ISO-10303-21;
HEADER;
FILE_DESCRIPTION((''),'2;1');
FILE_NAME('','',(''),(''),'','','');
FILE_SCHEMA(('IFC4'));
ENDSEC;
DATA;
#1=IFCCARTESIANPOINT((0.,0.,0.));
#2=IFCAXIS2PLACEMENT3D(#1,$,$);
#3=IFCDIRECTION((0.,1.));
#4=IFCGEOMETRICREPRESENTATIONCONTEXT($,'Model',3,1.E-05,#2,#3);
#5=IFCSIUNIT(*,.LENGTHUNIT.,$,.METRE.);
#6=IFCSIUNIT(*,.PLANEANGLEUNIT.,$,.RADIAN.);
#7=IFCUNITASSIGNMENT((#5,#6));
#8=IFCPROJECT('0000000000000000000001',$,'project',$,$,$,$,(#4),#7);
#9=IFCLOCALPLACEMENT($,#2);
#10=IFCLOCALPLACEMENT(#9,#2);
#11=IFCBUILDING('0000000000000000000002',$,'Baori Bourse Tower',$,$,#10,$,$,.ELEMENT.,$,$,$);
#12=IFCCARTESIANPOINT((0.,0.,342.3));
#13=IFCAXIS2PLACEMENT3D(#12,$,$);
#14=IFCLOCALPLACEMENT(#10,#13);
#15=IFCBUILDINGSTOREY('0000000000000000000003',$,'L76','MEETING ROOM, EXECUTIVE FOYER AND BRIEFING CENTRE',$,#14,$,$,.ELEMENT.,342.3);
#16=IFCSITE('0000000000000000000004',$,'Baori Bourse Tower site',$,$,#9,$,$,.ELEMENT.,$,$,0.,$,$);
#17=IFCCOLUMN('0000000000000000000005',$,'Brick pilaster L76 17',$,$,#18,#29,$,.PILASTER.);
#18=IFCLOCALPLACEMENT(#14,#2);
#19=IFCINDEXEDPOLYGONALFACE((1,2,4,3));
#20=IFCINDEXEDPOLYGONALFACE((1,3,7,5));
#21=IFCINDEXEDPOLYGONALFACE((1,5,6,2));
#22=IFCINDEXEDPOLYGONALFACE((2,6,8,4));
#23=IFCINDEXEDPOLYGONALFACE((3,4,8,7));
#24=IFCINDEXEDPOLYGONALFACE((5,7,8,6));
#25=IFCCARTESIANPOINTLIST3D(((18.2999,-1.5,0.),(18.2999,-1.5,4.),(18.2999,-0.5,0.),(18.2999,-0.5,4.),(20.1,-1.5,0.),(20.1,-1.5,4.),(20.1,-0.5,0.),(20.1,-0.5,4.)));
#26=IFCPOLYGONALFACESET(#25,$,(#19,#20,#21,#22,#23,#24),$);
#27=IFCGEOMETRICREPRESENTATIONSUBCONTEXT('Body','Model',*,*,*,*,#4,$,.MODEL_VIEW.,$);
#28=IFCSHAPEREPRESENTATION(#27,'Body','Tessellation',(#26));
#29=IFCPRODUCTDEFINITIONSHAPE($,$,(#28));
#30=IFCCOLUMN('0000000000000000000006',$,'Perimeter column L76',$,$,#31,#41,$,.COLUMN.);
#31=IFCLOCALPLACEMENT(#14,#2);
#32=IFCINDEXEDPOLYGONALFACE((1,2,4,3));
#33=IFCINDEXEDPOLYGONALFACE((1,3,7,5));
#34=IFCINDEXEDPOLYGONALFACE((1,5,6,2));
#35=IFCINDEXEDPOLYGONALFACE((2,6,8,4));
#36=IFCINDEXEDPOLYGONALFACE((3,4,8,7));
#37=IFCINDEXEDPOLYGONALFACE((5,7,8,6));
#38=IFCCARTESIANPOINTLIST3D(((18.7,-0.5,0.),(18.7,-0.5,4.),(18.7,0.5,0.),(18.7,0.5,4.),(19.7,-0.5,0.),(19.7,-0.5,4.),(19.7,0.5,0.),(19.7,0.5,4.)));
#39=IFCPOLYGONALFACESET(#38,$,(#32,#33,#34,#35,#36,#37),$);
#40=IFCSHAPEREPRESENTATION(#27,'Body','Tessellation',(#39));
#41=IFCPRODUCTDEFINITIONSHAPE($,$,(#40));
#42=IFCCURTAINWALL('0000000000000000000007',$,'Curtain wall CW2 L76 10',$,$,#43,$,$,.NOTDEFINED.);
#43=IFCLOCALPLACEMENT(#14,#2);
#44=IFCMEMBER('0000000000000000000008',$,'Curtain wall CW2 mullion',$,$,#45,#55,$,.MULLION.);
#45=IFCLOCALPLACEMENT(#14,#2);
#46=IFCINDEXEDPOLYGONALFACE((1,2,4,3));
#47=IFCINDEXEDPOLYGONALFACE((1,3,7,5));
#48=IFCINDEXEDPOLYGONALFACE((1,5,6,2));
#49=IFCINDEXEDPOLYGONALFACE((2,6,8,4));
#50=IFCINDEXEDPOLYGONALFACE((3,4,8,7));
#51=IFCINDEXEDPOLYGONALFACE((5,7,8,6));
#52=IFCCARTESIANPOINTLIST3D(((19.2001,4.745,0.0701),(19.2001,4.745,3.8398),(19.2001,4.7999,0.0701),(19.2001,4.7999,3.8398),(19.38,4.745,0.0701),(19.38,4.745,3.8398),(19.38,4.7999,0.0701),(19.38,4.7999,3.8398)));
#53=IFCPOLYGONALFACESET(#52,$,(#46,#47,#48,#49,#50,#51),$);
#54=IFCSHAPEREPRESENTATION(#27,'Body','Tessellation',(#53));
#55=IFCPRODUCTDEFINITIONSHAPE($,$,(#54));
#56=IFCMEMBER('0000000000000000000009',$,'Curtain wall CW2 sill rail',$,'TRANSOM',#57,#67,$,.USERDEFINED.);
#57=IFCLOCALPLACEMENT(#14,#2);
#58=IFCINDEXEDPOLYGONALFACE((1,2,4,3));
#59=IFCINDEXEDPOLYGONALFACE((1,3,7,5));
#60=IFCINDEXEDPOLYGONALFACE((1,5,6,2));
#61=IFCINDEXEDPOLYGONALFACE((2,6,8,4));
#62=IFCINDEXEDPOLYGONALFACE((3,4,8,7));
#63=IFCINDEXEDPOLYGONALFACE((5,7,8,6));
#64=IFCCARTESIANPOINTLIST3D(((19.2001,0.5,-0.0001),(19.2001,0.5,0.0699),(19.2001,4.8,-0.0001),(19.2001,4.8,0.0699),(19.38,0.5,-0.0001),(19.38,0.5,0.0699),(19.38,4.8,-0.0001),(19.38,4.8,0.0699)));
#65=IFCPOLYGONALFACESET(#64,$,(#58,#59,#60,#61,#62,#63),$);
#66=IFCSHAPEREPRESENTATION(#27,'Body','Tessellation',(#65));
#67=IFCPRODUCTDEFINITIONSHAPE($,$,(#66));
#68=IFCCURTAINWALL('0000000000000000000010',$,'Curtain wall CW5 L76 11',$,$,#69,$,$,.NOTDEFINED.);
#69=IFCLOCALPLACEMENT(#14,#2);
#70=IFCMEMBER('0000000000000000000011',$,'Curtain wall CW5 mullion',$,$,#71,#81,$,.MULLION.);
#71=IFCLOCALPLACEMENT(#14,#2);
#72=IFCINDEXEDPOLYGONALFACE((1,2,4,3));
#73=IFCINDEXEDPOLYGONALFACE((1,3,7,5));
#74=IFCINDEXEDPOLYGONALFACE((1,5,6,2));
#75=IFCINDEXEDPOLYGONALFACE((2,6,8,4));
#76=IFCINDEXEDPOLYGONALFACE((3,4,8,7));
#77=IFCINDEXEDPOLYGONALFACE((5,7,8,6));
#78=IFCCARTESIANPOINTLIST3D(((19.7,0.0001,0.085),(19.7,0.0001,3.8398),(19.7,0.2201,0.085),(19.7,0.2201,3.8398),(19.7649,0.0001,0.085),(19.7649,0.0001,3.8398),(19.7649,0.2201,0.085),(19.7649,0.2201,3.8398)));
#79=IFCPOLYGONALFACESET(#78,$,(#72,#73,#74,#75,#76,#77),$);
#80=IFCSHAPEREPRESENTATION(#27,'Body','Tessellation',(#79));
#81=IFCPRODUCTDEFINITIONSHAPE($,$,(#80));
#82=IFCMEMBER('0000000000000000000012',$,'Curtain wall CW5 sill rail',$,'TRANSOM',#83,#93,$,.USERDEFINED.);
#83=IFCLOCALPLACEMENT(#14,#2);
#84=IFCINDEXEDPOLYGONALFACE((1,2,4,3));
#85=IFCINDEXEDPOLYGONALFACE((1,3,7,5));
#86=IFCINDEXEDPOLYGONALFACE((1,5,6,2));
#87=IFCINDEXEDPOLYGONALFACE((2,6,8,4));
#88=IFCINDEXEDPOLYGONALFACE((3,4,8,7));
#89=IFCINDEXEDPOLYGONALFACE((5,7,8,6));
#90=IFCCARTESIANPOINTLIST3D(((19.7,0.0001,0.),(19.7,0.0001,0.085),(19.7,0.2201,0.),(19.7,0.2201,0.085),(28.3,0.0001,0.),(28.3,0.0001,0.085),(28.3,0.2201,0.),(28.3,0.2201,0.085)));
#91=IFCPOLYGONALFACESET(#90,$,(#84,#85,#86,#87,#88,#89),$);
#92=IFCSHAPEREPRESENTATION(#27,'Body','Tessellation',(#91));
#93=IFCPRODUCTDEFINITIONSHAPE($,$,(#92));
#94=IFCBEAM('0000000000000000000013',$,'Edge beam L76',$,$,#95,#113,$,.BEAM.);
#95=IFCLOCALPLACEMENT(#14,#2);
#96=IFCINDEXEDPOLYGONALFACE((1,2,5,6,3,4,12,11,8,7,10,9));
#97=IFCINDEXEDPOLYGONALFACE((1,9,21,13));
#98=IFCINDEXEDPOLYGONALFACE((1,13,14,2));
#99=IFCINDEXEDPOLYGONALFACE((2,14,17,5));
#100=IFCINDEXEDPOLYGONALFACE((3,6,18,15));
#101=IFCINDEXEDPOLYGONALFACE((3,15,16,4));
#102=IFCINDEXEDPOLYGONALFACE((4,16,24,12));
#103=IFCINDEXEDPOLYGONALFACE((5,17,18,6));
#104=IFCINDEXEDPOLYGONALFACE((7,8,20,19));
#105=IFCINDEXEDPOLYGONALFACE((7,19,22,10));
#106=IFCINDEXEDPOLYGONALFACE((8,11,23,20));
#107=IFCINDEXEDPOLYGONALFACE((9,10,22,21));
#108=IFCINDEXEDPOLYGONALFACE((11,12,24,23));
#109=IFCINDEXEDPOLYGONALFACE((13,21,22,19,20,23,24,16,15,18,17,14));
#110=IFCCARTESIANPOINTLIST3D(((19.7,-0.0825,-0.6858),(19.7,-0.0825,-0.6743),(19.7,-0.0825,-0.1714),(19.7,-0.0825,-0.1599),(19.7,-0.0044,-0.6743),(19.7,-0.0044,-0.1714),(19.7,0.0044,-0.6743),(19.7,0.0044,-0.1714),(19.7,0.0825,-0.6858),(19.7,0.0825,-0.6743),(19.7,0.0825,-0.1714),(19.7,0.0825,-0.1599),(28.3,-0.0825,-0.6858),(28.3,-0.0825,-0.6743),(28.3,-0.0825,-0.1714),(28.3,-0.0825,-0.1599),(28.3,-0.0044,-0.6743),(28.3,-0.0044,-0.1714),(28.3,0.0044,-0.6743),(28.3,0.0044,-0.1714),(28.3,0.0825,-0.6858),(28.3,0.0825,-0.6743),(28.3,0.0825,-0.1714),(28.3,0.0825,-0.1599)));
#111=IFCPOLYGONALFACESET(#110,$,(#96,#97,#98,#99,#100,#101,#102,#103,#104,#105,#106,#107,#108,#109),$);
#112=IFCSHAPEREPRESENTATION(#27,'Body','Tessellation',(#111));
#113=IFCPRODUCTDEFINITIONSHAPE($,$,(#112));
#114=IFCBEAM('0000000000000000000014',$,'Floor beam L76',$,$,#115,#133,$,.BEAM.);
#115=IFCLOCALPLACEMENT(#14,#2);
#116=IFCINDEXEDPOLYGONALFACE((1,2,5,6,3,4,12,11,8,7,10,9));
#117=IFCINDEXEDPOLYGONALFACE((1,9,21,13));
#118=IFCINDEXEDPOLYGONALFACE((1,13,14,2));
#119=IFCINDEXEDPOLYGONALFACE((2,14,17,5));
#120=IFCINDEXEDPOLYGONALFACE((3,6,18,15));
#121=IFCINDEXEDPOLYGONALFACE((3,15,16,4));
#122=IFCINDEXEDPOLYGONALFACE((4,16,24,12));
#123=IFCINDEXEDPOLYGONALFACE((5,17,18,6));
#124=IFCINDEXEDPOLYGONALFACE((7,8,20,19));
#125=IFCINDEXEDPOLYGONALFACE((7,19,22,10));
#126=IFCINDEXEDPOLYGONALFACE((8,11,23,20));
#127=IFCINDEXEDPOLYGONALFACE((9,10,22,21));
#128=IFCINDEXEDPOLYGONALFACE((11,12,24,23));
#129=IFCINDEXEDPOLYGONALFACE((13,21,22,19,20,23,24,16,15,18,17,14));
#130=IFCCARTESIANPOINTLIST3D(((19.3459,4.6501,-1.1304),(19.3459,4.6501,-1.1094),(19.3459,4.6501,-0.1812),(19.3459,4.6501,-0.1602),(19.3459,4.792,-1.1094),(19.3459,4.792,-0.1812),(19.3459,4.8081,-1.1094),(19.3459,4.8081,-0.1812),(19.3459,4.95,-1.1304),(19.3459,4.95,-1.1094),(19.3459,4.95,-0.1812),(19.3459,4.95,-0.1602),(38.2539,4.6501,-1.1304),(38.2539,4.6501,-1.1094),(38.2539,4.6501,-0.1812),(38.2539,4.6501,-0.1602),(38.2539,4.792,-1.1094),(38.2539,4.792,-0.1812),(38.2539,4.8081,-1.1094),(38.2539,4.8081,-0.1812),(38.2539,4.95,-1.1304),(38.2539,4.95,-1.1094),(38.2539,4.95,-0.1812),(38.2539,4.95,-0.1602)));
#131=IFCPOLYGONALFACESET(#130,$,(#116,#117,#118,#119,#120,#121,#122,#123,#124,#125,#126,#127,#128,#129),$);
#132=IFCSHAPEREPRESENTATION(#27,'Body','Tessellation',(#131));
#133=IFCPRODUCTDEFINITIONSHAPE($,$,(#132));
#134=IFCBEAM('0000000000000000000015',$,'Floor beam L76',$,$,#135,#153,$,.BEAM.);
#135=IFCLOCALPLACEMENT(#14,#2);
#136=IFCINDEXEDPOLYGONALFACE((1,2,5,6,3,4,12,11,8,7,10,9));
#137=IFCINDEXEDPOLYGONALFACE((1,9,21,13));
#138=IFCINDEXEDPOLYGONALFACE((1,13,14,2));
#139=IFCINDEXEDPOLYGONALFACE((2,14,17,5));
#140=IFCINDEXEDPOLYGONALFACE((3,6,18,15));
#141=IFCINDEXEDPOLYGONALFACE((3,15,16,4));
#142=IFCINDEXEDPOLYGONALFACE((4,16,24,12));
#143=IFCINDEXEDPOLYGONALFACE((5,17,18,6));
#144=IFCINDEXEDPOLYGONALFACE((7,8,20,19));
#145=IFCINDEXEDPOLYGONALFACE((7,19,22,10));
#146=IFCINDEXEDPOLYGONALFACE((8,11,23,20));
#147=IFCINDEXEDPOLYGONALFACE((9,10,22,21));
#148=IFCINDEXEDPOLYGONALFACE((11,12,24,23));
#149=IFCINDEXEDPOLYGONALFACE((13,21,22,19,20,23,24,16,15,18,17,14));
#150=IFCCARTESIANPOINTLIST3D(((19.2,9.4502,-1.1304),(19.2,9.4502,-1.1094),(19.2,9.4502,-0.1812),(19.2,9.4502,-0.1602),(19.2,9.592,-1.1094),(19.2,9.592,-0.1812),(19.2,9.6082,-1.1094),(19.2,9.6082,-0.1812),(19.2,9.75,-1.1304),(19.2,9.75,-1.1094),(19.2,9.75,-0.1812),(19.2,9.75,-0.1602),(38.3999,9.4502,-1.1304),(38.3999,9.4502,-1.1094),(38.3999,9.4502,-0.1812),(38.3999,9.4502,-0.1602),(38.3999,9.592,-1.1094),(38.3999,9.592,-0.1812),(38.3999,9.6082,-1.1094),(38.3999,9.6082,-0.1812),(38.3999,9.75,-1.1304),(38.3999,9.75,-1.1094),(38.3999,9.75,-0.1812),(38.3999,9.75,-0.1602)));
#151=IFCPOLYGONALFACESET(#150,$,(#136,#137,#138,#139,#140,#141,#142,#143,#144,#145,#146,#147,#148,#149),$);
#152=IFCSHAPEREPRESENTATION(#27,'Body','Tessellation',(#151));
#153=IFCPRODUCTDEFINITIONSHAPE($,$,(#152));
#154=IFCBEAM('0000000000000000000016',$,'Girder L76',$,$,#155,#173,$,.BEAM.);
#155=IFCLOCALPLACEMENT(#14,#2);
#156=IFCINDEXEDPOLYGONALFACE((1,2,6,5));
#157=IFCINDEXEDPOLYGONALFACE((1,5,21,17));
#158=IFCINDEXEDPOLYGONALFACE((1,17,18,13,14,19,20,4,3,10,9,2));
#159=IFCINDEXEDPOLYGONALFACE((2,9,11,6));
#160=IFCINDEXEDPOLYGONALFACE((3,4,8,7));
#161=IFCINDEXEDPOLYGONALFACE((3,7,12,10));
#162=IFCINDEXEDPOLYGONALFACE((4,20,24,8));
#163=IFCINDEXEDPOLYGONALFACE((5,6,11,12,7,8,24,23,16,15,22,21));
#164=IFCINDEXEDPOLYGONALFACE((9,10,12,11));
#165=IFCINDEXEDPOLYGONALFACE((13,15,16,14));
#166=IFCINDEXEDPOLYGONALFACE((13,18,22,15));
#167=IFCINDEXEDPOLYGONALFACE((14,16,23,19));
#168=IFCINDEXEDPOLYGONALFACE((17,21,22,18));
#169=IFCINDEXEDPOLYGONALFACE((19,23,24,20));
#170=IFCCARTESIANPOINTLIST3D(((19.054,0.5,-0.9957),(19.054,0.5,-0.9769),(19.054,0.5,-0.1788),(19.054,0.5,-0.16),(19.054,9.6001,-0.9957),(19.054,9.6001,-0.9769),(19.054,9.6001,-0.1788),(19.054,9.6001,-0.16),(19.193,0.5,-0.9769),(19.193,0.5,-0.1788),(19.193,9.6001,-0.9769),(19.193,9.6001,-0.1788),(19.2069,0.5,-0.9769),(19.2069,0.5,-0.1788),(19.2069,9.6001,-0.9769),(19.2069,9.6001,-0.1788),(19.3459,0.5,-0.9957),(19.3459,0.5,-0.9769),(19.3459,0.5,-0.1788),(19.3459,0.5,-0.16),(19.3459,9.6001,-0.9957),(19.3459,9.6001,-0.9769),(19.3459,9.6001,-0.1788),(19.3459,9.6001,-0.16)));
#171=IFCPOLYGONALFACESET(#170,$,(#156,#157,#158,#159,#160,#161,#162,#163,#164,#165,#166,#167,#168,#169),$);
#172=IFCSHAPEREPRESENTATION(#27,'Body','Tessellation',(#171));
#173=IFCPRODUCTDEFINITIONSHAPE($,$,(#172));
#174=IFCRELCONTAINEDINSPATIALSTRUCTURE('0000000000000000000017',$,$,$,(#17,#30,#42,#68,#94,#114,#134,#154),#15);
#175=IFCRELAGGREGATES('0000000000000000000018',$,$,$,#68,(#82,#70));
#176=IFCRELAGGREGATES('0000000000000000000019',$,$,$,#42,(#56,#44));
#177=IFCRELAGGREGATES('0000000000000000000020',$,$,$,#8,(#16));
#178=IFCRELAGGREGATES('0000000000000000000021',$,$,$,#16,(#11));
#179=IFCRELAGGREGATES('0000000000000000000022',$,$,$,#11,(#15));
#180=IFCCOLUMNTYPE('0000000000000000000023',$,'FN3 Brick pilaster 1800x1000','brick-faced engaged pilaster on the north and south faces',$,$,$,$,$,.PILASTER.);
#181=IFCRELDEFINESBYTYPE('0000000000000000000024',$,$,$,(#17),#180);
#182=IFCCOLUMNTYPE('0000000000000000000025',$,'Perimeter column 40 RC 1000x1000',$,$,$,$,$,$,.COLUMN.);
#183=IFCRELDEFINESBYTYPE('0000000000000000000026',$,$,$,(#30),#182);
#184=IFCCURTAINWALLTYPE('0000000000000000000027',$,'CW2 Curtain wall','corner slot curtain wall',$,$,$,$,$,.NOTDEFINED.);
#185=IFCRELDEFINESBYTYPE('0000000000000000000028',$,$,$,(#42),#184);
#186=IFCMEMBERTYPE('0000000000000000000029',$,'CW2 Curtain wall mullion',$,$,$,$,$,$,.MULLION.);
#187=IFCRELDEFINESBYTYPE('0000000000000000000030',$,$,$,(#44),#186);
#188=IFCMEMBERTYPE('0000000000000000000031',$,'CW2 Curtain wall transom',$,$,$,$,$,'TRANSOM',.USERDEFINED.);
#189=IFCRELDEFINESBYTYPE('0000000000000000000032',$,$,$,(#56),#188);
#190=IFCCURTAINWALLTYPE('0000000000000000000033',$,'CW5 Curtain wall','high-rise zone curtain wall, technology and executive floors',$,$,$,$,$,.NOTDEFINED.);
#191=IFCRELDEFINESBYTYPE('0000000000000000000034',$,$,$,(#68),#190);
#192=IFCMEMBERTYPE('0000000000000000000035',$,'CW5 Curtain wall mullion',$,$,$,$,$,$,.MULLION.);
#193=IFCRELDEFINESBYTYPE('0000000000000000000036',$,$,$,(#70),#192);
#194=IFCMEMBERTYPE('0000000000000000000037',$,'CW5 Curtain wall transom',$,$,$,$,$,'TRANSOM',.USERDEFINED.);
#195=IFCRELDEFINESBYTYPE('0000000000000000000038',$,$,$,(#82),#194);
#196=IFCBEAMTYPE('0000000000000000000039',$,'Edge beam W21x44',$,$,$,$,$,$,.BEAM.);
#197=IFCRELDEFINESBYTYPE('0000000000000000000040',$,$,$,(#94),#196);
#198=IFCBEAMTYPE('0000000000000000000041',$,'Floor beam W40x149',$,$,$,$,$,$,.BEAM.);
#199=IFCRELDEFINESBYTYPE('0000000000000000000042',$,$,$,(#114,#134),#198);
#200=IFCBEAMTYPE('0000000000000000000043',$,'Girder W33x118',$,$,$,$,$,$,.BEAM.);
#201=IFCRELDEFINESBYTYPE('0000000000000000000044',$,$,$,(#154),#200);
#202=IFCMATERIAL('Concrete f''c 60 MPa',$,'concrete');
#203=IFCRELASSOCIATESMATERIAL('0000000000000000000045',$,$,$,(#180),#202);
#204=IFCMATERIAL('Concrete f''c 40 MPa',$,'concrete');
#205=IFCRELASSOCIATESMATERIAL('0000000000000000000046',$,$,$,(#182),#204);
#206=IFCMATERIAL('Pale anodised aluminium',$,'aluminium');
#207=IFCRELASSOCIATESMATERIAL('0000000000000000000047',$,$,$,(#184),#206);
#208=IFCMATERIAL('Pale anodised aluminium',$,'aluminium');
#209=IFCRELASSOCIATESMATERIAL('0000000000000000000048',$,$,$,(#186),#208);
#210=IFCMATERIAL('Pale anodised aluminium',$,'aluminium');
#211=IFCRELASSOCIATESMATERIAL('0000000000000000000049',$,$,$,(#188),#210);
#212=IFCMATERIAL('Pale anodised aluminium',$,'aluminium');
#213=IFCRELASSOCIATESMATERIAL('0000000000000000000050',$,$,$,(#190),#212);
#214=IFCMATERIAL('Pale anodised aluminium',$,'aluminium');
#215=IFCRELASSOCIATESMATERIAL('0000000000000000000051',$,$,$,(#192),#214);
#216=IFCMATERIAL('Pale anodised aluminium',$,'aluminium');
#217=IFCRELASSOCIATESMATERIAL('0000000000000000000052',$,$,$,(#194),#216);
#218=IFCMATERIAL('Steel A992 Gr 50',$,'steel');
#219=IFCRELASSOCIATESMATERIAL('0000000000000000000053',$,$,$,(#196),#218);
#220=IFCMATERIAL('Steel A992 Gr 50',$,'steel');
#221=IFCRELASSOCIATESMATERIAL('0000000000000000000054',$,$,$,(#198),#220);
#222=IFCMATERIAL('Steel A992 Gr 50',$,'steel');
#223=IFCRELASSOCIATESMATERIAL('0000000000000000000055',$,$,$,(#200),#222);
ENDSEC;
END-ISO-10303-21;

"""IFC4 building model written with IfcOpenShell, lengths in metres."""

from ifc_helpers import new_model, si_unit, direction, frame, origin, origin_2d, place, context, subcontext, project, spatial, rectangle, i_section, extrude, material, material_profile, profile_set, type_object, element, aggregate, save


model = new_model("IFC4")

# Units and contexts
model_context = context("Model", 3, precision=1e-05, world=origin(), true_north=direction((0.0, 1.0)))
body_context = subcontext(model_context, "Body", "Model", "MODEL_VIEW")
ifc_project = project(units=[si_unit("LENGTHUNIT", "METRE"), si_unit("PLANEANGLEUNIT", "RADIAN")], contexts=[model_context])

# Site, building, storey
site_placement = place(None, origin())
site = spatial("IfcSite", under=ifc_project, at=site_placement, Name="Baori Bourse Tower site", CompositionType="ELEMENT", RefElevation=0.0)
building_placement = place(site_placement, origin())
building = spatial("IfcBuilding", under=site, at=building_placement, Name="Baori Bourse Tower", CompositionType="ELEMENT")
storey_placement = place(building_placement, frame((0.0, 0.0, 342.3)))
storey = spatial("IfcBuildingStorey", under=building, at=storey_placement, Name="L76", Description="MEETING ROOM, EXECUTIVE FOYER AND BRIEFING CENTRE", CompositionType="ELEMENT", Elevation=342.3)

# Columns
ifc_material_1 = material(Name="Concrete f'c 60 MPa", Category="concrete")
ifc_material_profile_1 = material_profile(ifc_material_1, rectangle(XDim=1.8, YDim=1.0, at=origin_2d()), Name="RC 1800x1000")
ifc_profile_set_1 = profile_set([ifc_material_profile_1], Name="Concrete f'c 60 MPa")
column_type_1 = type_object("IfcColumnType", Name="FN3 Brick pilaster 1800x1000", Description="brick-faced engaged pilaster on the north and south faces", PredefinedType="PILASTER", material=ifc_profile_set_1)
column_1_placement = place(storey_placement, frame((19.2, -1.0, 0.0), z_axis=(0.0, 0.0, 1.0), x_axis=(1.0, 0.0, 0.0)))
element("IfcColumn", 1, at=column_1_placement, inside=storey, type_object=column_type_1, Name="Brick pilaster L76 17", PredefinedType="PILASTER", context=body_context, shape_type="SweptSolid", body=[
    extrude(rectangle(XDim=1.8, YDim=1.0, at=origin_2d()), origin(), (0.0, 0.0, 1.0), 4.0),
])
ifc_material_2 = material(Name="Concrete f'c 40 MPa", Category="concrete")
ifc_material_profile_2 = material_profile(ifc_material_2, rectangle(XDim=1.0, YDim=1.0, at=origin_2d()), Name="RC 1000x1000")
ifc_profile_set_2 = profile_set([ifc_material_profile_2], Name="Concrete f'c 40 MPa")
column_type_2 = type_object("IfcColumnType", Name="Perimeter column 40 RC 1000x1000", PredefinedType="COLUMN", material=ifc_profile_set_2)
column_2_placement = place(storey_placement, frame((19.2, 0.0, 0.0), z_axis=(0.0, 0.0, 1.0), x_axis=(1.0, 0.0, 0.0)))
element("IfcColumn", 2, at=column_2_placement, inside=storey, type_object=column_type_2, Name="Perimeter column L76", PredefinedType="COLUMN", context=body_context, shape_type="SweptSolid", body=[
    extrude(rectangle(XDim=1.0, YDim=1.0, at=origin_2d()), origin(), (0.0, 0.0, 1.0), 4.0),
])

# Curtain walls, members
ifc_material_3 = material(Name="Pale anodised aluminium", Category="aluminium")
curtain_wall_type_1 = type_object("IfcCurtainWallType", Name="CW2 Curtain wall", Description="corner slot curtain wall", PredefinedType="NOTDEFINED", material=ifc_material_3)
curtain_wall_1_placement = place(storey_placement, origin())
curtain_wall_1 = element("IfcCurtainWall", 3, at=curtain_wall_1_placement, inside=storey, type_object=curtain_wall_type_1, Name="Curtain wall CW2 L76 10", PredefinedType="NOTDEFINED")
ifc_material_4 = material(Name="Pale anodised aluminium", Category="aluminium")
ifc_material_profile_3 = material_profile(ifc_material_4, rectangle(XDim=0.1799, YDim=0.0549, at=origin_2d()), Name="Mullion 55x180")
ifc_profile_set_3 = profile_set([ifc_material_profile_3], Name="Pale anodised aluminium")
member_type_1 = type_object("IfcMemberType", Name="CW2 Curtain wall mullion", PredefinedType="MULLION", material=ifc_profile_set_3)
member_1_placement = place(storey_placement, frame((19.29, 4.7725, 0.0701), z_axis=(0.0, 0.0, 1.0), x_axis=(1.0, 0.0, 0.0)))
member_1 = element("IfcMember", 4, at=member_1_placement, type_object=member_type_1, Name="Curtain wall CW2 mullion", PredefinedType="MULLION", context=body_context, shape_type="SweptSolid", body=[
    extrude(rectangle(XDim=0.1799, YDim=0.0549, at=origin_2d()), origin(), (0.0, 0.0, 1.0), 3.7698),
])
ifc_material_5 = material(Name="Pale anodised aluminium", Category="aluminium")
ifc_material_profile_4 = material_profile(ifc_material_5, rectangle(XDim=0.1799, YDim=0.0701, at=origin_2d()), Name="Transom 70x180")
ifc_profile_set_4 = profile_set([ifc_material_profile_4], Name="Pale anodised aluminium")
member_type_2 = type_object("IfcMemberType", Name="CW2 Curtain wall transom", ElementType="TRANSOM", PredefinedType="USERDEFINED", material=ifc_profile_set_4)
member_2_placement = place(storey_placement, frame((19.29, 4.8, 0.0349), z_axis=(0.0, -1.0, 0.0), x_axis=(1.0, 0.0, 0.0)))
member_2 = element("IfcMember", 5, at=member_2_placement, type_object=member_type_2, Name="Curtain wall CW2 sill rail", ObjectType="TRANSOM", PredefinedType="USERDEFINED", context=body_context, shape_type="SweptSolid", body=[
    extrude(rectangle(XDim=0.1799, YDim=0.0701, at=origin_2d()), origin(), (0.0, 0.0, 1.0), 4.3),
])
ifc_material_6 = material(Name="Pale anodised aluminium", Category="aluminium")
curtain_wall_type_2 = type_object("IfcCurtainWallType", Name="CW5 Curtain wall", Description="high-rise zone curtain wall, technology and executive floors", PredefinedType="NOTDEFINED", material=ifc_material_6)
curtain_wall_2_placement = place(storey_placement, origin())
curtain_wall_2 = element("IfcCurtainWall", 6, at=curtain_wall_2_placement, inside=storey, type_object=curtain_wall_type_2, Name="Curtain wall CW5 L76 11", PredefinedType="NOTDEFINED")
ifc_material_7 = material(Name="Pale anodised aluminium", Category="aluminium")
ifc_material_profile_5 = material_profile(ifc_material_7, rectangle(XDim=0.22, YDim=0.0649, at=origin_2d()), Name="Mullion 65x220")
ifc_profile_set_5 = profile_set([ifc_material_profile_5], Name="Pale anodised aluminium")
member_type_3 = type_object("IfcMemberType", Name="CW5 Curtain wall mullion", PredefinedType="MULLION", material=ifc_profile_set_5)
member_3_placement = place(storey_placement, frame((19.7324, 0.1101, 0.085), z_axis=(0.0, 0.0, 1.0), x_axis=(0.0, 1.0, 0.0)))
member_3 = element("IfcMember", 7, at=member_3_placement, type_object=member_type_3, Name="Curtain wall CW5 mullion", PredefinedType="MULLION", context=body_context, shape_type="SweptSolid", body=[
    extrude(rectangle(XDim=0.22, YDim=0.0649, at=origin_2d()), origin(), (0.0, 0.0, 1.0), 3.7549),
])
ifc_material_8 = material(Name="Pale anodised aluminium", Category="aluminium")
ifc_material_profile_6 = material_profile(ifc_material_8, rectangle(XDim=0.22, YDim=0.085, at=origin_2d()), Name="Transom 85x220")
ifc_profile_set_6 = profile_set([ifc_material_profile_6], Name="Pale anodised aluminium")
member_type_4 = type_object("IfcMemberType", Name="CW5 Curtain wall transom", ElementType="TRANSOM", PredefinedType="USERDEFINED", material=ifc_profile_set_6)
member_4_placement = place(storey_placement, frame((19.7, 0.1101, 0.0425), z_axis=(1.0, 0.0, 0.0), x_axis=(0.0, 1.0, 0.0)))
member_4 = element("IfcMember", 8, at=member_4_placement, type_object=member_type_4, Name="Curtain wall CW5 sill rail", ObjectType="TRANSOM", PredefinedType="USERDEFINED", context=body_context, shape_type="SweptSolid", body=[
    extrude(rectangle(XDim=0.22, YDim=0.085, at=origin_2d()), origin(), (0.0, 0.0, 1.0), 8.6001),
])
aggregate(curtain_wall_2, [member_4, member_3])

# Beams
ifc_material_9 = material(Name="Steel A992 Gr 50", Category="steel")
ifc_material_profile_7 = material_profile(ifc_material_9, i_section(OverallWidth=0.165, OverallDepth=0.5259, WebThickness=0.0088, FlangeThickness=0.0115, at=origin_2d()), Name="W21x44")
ifc_profile_set_7 = profile_set([ifc_material_profile_7], Name="Steel A992 Gr 50")
beam_type_1 = type_object("IfcBeamType", Name="Edge beam W21x44", PredefinedType="BEAM", material=ifc_profile_set_7)
beam_1_placement = place(storey_placement, frame((19.7, 0.0, -0.4229), z_axis=(1.0, 0.0, 0.0), x_axis=(0.0, 1.0, 0.0)))
element("IfcBeam", 9, at=beam_1_placement, inside=storey, type_object=beam_type_1, Name="Edge beam L76", PredefinedType="BEAM", context=body_context, shape_type="SweptSolid", body=[
    extrude(i_section(OverallWidth=0.165, OverallDepth=0.5259, WebThickness=0.0088, FlangeThickness=0.0115, at=origin_2d()), origin(), (0.0, 0.0, 1.0), 8.6001),
])
ifc_material_10 = material(Name="Steel A992 Gr 50", Category="steel")
ifc_material_profile_8 = material_profile(ifc_material_10, i_section(OverallWidth=0.2998, OverallDepth=0.9702, WebThickness=0.0161, FlangeThickness=0.021, at=origin_2d()), Name="W40x149")
ifc_profile_set_8 = profile_set([ifc_material_profile_8], Name="Steel A992 Gr 50")
beam_type_2 = type_object("IfcBeamType", Name="Floor beam W40x149", PredefinedType="BEAM", material=ifc_profile_set_8)
beam_2_placement = place(storey_placement, frame((19.3459, 4.8, -0.6453), z_axis=(1.0, 0.0, 0.0), x_axis=(0.0, 1.0, 0.0)))
element("IfcBeam", 10, at=beam_2_placement, inside=storey, type_object=beam_type_2, Name="Floor beam L76", PredefinedType="BEAM", context=body_context, shape_type="SweptSolid", body=[
    extrude(i_section(OverallWidth=0.2998, OverallDepth=0.9702, WebThickness=0.0161, FlangeThickness=0.021, at=origin_2d()), origin(), (0.0, 0.0, 1.0), 18.908),
])
beam_3_placement = place(storey_placement, frame((19.2, 9.6001, -0.6453), z_axis=(1.0, 0.0, 0.0), x_axis=(0.0, 1.0, 0.0)))
element("IfcBeam", 11, at=beam_3_placement, inside=storey, type_object=beam_type_2, Name="Floor beam L76", PredefinedType="BEAM", context=body_context, shape_type="SweptSolid", body=[
    extrude(i_section(OverallWidth=0.2998, OverallDepth=0.9702, WebThickness=0.0161, FlangeThickness=0.021, at=origin_2d()), origin(), (0.0, 0.0, 1.0), 19.2),
])
ifc_material_11 = material(Name="Steel A992 Gr 50", Category="steel")
ifc_material_profile_9 = material_profile(ifc_material_11, i_section(OverallWidth=0.292, OverallDepth=0.8357, WebThickness=0.0139, FlangeThickness=0.0188, at=origin_2d()), Name="W33x118")
ifc_profile_set_9 = profile_set([ifc_material_profile_9], Name="Steel A992 Gr 50")
beam_type_3 = type_object("IfcBeamType", Name="Girder W33x118", PredefinedType="BEAM", material=ifc_profile_set_9)
beam_4_placement = place(storey_placement, frame((19.2, 0.5, -0.5779), z_axis=(0.0, 1.0, 0.0), x_axis=(-1.0, 0.0, 0.0)))
element("IfcBeam", 12, at=beam_4_placement, inside=storey, type_object=beam_type_3, Name="Girder L76", PredefinedType="BEAM", context=body_context, shape_type="SweptSolid", body=[
    extrude(i_section(OverallWidth=0.292, OverallDepth=0.8357, WebThickness=0.0139, FlangeThickness=0.0188, at=origin_2d()), origin(), (0.0, 0.0, 1.0), 9.1001),
])

aggregate(curtain_wall_1, [member_2, member_1])

save(model, "model.ifc")
